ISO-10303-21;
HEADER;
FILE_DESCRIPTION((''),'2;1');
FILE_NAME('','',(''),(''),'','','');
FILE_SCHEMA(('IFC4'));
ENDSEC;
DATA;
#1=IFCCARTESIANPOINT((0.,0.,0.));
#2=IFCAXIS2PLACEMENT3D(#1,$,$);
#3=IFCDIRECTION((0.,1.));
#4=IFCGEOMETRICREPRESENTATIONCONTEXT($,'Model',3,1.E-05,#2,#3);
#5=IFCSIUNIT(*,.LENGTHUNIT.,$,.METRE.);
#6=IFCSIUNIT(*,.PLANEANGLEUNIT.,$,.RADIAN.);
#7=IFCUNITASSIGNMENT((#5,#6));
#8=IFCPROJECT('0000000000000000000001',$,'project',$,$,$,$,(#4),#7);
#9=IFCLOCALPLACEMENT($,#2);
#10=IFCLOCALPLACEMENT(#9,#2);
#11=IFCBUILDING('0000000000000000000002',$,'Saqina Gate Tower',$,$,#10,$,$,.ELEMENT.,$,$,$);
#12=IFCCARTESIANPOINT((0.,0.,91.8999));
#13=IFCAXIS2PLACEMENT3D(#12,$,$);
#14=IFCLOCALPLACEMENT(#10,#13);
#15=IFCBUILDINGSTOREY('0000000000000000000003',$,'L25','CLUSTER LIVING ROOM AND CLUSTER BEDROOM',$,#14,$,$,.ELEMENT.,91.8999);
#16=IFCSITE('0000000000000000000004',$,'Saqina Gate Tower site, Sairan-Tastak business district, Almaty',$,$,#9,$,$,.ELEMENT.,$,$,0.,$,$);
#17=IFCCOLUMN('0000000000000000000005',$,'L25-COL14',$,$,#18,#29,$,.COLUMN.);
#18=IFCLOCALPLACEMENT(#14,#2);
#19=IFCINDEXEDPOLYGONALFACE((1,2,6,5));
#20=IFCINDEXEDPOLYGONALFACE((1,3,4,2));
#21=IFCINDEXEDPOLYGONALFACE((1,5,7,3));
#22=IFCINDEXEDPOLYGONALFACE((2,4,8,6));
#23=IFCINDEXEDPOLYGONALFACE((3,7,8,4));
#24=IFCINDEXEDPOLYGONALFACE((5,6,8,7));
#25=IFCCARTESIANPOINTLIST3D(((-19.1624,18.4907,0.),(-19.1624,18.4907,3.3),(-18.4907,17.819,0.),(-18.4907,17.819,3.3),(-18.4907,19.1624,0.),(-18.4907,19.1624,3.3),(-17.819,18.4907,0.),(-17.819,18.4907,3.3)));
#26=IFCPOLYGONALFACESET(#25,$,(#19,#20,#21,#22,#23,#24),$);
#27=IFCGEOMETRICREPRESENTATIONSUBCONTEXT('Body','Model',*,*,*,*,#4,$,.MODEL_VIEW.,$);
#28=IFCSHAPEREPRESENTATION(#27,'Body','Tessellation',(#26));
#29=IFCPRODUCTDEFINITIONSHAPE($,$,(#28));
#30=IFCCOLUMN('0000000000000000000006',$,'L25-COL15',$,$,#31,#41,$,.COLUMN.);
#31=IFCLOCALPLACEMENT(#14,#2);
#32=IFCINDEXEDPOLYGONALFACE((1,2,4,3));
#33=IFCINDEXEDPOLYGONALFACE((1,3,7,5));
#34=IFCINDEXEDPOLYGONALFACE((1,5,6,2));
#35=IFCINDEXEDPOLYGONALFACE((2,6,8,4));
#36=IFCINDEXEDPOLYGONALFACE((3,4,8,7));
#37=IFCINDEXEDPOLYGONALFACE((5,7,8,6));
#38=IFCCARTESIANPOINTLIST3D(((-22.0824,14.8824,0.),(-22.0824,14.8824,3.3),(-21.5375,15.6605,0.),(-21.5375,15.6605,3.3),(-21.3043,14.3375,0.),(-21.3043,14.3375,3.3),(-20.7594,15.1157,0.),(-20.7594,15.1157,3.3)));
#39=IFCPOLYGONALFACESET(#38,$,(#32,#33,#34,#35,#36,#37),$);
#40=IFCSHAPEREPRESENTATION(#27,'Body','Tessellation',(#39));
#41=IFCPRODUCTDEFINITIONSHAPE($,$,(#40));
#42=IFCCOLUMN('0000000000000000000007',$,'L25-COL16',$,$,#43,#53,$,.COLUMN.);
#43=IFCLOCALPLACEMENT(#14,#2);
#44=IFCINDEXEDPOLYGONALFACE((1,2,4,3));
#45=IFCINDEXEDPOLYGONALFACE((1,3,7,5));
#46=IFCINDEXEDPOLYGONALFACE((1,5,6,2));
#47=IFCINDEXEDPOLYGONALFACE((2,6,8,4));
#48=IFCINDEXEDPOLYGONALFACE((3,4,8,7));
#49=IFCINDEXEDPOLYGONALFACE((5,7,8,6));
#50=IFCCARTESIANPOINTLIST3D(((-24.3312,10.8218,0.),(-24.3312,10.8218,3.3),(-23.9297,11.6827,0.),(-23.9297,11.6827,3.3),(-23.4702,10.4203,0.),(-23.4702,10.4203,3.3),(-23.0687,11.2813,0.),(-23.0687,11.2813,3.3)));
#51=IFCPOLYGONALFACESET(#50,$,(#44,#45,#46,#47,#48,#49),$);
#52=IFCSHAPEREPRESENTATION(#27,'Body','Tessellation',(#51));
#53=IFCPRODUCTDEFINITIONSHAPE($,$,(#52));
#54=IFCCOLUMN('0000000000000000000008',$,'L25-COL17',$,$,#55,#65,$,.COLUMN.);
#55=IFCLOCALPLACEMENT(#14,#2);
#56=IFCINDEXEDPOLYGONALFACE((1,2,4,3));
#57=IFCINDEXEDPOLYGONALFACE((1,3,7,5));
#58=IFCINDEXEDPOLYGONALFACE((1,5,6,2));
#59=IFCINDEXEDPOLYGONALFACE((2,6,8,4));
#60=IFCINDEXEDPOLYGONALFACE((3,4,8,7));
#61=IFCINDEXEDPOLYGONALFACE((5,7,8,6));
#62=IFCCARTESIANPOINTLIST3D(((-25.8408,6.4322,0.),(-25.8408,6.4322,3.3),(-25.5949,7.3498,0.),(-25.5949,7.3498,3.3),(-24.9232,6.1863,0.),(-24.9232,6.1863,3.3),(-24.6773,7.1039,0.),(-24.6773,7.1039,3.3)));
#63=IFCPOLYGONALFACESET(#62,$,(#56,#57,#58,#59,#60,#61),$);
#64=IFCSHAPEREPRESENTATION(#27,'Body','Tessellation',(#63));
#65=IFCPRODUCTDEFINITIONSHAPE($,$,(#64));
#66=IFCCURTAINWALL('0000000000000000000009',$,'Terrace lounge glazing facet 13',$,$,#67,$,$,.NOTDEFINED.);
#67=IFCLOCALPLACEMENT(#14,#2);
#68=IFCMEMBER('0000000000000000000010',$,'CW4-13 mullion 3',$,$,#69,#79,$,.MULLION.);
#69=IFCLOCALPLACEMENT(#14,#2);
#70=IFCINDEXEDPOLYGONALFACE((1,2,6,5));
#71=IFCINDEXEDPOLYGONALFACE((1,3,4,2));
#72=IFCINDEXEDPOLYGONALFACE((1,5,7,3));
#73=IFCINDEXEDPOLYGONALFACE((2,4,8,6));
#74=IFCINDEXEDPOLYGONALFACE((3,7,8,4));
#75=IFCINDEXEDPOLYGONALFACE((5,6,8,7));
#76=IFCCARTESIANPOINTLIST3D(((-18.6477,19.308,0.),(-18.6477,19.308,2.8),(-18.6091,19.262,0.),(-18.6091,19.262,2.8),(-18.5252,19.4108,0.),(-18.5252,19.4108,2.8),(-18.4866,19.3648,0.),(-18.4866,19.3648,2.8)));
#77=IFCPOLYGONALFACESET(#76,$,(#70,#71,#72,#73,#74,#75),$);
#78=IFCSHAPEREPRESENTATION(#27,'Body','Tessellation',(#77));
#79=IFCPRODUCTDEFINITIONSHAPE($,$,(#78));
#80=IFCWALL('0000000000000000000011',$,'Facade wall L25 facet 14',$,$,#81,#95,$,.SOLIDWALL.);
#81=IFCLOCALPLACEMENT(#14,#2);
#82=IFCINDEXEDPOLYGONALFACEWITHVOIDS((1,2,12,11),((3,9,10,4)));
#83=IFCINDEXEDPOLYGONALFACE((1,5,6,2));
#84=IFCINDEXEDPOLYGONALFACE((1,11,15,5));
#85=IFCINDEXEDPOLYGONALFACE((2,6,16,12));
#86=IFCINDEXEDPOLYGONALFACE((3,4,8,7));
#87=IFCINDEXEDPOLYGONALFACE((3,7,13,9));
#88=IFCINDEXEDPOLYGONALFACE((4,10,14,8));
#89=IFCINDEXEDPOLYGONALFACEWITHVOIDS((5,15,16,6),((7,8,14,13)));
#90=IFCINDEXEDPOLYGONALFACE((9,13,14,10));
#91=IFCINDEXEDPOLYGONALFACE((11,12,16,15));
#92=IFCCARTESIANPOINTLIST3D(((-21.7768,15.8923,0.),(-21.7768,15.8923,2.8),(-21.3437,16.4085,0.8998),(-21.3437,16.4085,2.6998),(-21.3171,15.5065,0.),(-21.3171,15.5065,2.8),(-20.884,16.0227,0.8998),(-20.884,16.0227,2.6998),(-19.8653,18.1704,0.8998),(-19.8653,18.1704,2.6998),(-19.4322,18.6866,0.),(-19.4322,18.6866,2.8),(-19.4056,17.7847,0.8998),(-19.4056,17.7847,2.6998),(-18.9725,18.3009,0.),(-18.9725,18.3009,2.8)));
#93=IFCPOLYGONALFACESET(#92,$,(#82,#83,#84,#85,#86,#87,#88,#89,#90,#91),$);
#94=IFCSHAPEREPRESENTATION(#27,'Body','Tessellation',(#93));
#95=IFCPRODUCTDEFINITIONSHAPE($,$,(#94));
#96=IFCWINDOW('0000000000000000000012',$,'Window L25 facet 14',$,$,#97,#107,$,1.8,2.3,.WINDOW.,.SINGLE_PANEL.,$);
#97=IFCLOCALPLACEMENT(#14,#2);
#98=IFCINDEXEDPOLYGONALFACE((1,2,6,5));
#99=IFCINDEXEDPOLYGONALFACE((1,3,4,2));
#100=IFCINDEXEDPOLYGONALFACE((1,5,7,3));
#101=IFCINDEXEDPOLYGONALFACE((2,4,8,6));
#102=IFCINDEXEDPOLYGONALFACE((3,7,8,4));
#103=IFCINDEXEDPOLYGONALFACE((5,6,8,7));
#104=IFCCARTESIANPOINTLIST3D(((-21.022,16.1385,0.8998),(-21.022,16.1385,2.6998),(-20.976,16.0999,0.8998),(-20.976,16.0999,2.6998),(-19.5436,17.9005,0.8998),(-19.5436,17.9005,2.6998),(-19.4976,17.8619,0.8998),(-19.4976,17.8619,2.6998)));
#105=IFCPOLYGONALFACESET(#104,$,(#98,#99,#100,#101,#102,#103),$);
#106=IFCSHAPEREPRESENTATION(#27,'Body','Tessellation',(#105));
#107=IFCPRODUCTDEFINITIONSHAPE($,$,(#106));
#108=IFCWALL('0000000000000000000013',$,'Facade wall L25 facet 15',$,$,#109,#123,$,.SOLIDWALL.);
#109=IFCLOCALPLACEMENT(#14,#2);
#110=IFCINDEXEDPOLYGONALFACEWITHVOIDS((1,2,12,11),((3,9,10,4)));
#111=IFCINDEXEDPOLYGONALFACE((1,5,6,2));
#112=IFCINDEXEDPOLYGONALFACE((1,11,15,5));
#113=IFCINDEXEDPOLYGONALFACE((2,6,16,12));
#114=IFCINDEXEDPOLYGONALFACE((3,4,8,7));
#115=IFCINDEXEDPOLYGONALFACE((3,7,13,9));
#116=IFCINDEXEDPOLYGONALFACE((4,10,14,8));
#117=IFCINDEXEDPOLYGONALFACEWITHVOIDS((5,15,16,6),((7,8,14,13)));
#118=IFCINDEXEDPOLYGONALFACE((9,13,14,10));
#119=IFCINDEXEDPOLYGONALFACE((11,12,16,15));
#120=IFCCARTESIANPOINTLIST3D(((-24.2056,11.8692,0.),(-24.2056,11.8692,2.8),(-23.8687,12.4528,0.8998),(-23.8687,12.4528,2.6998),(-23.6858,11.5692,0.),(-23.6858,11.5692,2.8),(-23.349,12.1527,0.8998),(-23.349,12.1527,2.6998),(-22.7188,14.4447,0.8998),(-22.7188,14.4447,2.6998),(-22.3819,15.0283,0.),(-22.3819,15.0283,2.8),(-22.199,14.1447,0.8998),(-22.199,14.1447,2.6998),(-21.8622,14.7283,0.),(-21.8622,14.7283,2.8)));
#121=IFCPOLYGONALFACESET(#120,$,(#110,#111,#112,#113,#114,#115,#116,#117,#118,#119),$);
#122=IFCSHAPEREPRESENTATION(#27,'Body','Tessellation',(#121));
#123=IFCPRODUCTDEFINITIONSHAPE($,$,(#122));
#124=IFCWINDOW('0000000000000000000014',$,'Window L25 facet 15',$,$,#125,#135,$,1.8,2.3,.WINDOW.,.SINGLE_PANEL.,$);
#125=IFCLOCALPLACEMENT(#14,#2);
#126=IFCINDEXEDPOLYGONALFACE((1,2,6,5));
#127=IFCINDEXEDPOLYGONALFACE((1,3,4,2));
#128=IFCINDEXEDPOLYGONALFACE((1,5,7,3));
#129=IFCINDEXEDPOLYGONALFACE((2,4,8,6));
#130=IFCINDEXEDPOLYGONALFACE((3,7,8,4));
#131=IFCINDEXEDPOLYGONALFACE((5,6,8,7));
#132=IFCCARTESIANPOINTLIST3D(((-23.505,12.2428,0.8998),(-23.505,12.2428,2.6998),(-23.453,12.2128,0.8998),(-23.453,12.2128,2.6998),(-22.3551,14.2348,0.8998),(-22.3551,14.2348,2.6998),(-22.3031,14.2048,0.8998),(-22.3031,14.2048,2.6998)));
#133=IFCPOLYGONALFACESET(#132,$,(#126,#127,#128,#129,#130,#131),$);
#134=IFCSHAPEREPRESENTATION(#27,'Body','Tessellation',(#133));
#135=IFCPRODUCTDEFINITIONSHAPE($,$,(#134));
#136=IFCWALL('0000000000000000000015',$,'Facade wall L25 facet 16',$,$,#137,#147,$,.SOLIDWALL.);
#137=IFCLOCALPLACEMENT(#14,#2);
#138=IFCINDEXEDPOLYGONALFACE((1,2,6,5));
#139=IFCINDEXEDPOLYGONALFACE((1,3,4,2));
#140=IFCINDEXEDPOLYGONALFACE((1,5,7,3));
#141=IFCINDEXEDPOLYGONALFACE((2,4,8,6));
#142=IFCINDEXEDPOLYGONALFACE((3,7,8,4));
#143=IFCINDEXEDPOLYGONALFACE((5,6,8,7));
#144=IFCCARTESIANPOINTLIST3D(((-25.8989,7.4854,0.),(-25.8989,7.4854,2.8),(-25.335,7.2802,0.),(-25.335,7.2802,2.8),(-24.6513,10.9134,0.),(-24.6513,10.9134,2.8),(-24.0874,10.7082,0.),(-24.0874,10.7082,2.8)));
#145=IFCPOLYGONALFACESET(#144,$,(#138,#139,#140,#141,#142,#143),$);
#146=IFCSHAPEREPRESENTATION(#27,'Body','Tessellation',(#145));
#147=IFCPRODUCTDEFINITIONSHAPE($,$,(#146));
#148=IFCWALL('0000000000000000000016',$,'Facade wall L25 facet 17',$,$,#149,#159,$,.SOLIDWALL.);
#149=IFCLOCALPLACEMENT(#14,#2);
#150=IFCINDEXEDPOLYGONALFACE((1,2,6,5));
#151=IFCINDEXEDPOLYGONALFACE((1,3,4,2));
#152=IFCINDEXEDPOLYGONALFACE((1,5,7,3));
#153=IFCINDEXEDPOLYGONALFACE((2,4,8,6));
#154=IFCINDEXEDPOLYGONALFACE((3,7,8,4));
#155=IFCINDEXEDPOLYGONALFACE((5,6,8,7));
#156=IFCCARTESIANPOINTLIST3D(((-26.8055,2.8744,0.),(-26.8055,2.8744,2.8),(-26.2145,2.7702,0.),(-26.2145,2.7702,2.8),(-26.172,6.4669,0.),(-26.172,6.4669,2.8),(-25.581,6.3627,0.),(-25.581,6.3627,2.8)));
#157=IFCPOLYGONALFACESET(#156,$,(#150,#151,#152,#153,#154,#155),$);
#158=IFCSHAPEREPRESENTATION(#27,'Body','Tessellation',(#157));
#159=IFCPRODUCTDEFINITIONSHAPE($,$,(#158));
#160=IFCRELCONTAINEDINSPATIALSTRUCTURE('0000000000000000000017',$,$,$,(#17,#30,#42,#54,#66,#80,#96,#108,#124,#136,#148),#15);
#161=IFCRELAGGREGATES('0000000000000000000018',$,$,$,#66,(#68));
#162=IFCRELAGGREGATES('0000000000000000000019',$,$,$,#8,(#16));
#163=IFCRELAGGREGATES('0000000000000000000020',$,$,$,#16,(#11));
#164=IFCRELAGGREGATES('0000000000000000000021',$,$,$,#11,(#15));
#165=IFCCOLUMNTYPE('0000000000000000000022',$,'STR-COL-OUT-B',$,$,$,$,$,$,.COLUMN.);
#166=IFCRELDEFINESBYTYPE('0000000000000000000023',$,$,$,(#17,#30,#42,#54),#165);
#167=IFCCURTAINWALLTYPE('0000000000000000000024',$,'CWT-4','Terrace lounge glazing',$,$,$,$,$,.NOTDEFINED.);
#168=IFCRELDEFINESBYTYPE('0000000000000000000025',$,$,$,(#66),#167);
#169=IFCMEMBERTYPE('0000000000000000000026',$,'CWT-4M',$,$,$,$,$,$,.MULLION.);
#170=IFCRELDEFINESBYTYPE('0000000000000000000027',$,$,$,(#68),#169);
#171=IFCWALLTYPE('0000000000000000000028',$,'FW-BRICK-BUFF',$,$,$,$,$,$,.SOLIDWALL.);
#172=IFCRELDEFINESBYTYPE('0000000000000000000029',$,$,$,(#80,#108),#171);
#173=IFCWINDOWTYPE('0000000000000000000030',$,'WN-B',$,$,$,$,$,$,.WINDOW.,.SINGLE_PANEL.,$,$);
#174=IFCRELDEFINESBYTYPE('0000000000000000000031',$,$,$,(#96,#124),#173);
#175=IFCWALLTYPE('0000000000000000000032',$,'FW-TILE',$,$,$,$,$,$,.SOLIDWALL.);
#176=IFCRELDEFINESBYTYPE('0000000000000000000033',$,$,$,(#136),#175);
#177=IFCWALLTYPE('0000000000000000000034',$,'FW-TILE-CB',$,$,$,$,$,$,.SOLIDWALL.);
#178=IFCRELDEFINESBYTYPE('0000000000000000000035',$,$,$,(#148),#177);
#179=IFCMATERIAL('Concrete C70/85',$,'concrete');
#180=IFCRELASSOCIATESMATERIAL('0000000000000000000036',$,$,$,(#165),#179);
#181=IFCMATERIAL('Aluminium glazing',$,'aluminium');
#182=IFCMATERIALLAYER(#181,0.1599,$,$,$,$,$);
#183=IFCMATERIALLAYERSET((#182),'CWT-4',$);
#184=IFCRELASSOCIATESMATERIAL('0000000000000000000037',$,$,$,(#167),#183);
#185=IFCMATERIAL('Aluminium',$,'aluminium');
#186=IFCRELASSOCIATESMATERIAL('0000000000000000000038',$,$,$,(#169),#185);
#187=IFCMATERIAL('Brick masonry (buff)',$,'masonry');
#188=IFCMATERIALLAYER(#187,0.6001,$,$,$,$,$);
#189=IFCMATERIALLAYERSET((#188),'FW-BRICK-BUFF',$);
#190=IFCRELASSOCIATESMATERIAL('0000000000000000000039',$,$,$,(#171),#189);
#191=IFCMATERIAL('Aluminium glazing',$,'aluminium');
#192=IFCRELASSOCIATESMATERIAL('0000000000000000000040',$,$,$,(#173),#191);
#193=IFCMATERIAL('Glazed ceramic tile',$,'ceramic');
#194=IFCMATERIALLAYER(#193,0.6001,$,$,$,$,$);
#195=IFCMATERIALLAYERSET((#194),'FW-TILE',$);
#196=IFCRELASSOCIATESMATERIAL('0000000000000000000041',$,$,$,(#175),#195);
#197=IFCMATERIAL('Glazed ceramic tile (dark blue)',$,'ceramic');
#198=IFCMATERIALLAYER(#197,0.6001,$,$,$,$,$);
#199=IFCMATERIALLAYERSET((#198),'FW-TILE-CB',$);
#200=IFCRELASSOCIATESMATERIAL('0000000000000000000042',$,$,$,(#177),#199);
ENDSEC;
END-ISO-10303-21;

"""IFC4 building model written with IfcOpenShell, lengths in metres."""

from ifc_helpers import new_model, si_unit, direction, frame, frame_2d, origin, origin_2d, place, context, subcontext, project, spatial, rectangle, extrude, material, layer, layer_set, material_profile, profile_set, type_object, element, fill, aggregate, save


model = new_model("IFC4")

# Units and contexts
model_context = context("Model", 3, precision=1e-05, world=origin(), true_north=direction((0.0, 1.0)))
body_context = subcontext(model_context, "Body", "Model", "MODEL_VIEW")
ifc_project = project(units=[si_unit("LENGTHUNIT", "METRE"), si_unit("PLANEANGLEUNIT", "RADIAN")], contexts=[model_context])

# Site, building, storey
site_placement = place(None, origin())
site = spatial("IfcSite", under=ifc_project, at=site_placement, Name="Saqina Gate Tower site, Sairan-Tastak business district, Almaty", CompositionType="ELEMENT", RefElevation=0.0)
building_placement = place(site_placement, origin())
building = spatial("IfcBuilding", under=site, at=building_placement, Name="Saqina Gate Tower", CompositionType="ELEMENT")
storey_placement = place(building_placement, frame((0.0, 0.0, 91.8999)))
storey = spatial("IfcBuildingStorey", under=building, at=storey_placement, Name="L25", Description="CLUSTER LIVING ROOM AND CLUSTER BEDROOM", CompositionType="ELEMENT", Elevation=91.8999)

# Columns
ifc_material_1 = material(Name="Concrete C70/85", Category="concrete")
ifc_material_profile_1 = material_profile(ifc_material_1, rectangle(XDim=0.95, YDim=0.95, at=origin_2d()), Name="RC 950x950")
ifc_profile_set_1 = profile_set([ifc_material_profile_1], Name="Concrete C70/85")
column_type = type_object("IfcColumnType", Name="STR-COL-OUT-B", PredefinedType="COLUMN", material=ifc_profile_set_1)
for number, where, z_axis, x_axis, name in (
    (1, (-18.4907, 18.4907, 0.0), (0.0, 0.0, 1.0), (-0.707107, 0.707107, 0.0), "L25-COL14"),
    (2, (-21.4209, 14.999, 0.0), (0.0, 0.0, 1.0), (-0.819152, 0.573576, 0.0), "L25-COL15"),
    (3, (-23.7, 11.0515, 0.0), (0.0, 0.0, 1.0), (-0.906308, 0.422618, 0.0), "L25-COL16"),
    (4, (-25.259, 6.7681, 0.0), (0.0, 0.0, 1.0), (-0.965926, 0.258819, 0.0), "L25-COL17"),
):
    element("IfcColumn", number, at=place(storey_placement, frame(where, z_axis=z_axis, x_axis=x_axis)), inside=storey, type_object=column_type, Name=name, PredefinedType="COLUMN", context=body_context, shape_type="SweptSolid", body=[
        extrude(rectangle(XDim=0.95, YDim=0.95, at=origin_2d()), origin(), (0.0, 0.0, 1.0), 3.3),
    ])

# Curtain wall, member
ifc_material_2 = material(Name="Aluminium glazing", Category="aluminium")
ifc_layer_1 = layer(ifc_material_2, 0.1599)
ifc_layer_set_1 = layer_set([ifc_layer_1], Name="CWT-4")
curtain_wall_type = type_object("IfcCurtainWallType", Name="CWT-4", Description="Terrace lounge glazing", PredefinedType="NOTDEFINED", material=ifc_layer_set_1)
curtain_wall_placement = place(storey_placement, origin())
curtain_wall = element("IfcCurtainWall", 5, at=curtain_wall_placement, inside=storey, type_object=curtain_wall_type, Name="Terrace lounge glazing facet 13", PredefinedType="NOTDEFINED")
ifc_material_3 = material(Name="Aluminium", Category="aluminium")
ifc_material_profile_2 = material_profile(ifc_material_3, rectangle(XDim=0.0601, YDim=0.1599, at=origin_2d()), Name="Aluminium 60x160")
ifc_profile_set_2 = profile_set([ifc_material_profile_2], Name="Aluminium")
member_type = type_object("IfcMemberType", Name="CWT-4M", PredefinedType="MULLION", material=ifc_profile_set_2)
member_placement = place(storey_placement, frame((-18.5671, 19.3364, 0.0), z_axis=(0.0, 0.0, 1.0), x_axis=(0.642791, -0.766042, 0.0)))
member = element("IfcMember", 6, at=member_placement, type_object=member_type, Name="CW4-13 mullion 3", PredefinedType="MULLION", context=body_context, shape_type="SweptSolid", body=[
    extrude(rectangle(XDim=0.0601, YDim=0.1599, at=origin_2d()), origin(), (0.0, 0.0, 1.0), 2.8),
])
aggregate(curtain_wall, [member])

# Walls, openings, windows
ifc_material_4 = material(Name="Brick masonry (buff)", Category="masonry")
ifc_layer_2 = layer(ifc_material_4, 0.6001)
ifc_layer_set_2 = layer_set([ifc_layer_2], Name="FW-BRICK-BUFF")
wall_type_1 = type_object("IfcWallType", Name="FW-BRICK-BUFF", PredefinedType="SOLIDWALL", material=ifc_layer_set_2)
wall_1_placement = place(storey_placement, frame((-19.2024, 18.4937, 0.0), z_axis=(0.0, 0.0, 1.0), x_axis=(-0.642774, -0.766055, 0.0)))
wall_1 = element("IfcWall", 7, at=wall_1_placement, inside=storey, type_object=wall_type_1, Name="Facade wall L25 facet 14", PredefinedType="SOLIDWALL", context=body_context, shape_type="SweptSolid", body=[
    extrude(rectangle(XDim=3.6477, YDim=0.6001, at=frame_2d((1.8237, 0.0))), origin(), (0.0, 0.0, 1.0), 2.8),
])
opening_1_placement = place(wall_1_placement, frame((0.6738, 0.0, 0.8999)))
opening_1 = element("IfcOpeningElement", 8, at=opening_1_placement, cuts=wall_1, PredefinedType="OPENING", context=body_context, shape_type="SweptSolid", body=[
    extrude(rectangle(XDim=2.3, YDim=1.8, at=frame_2d((1.1499, 0.8999))), frame((0.0, 0.312, 0.0), z_axis=(0.0, -1.0, 0.0), x_axis=(1.0, 0.0, 0.0)), (0.0, 0.0, 1.0), 0.624),
])
ifc_material_5 = material(Name="Aluminium glazing", Category="aluminium")
window_type = type_object("IfcWindowType", Name="WN-B", PartitioningType="SINGLE_PANEL", PredefinedType="WINDOW", material=ifc_material_5)
window_1_placement = place(opening_1_placement, origin())
window_1 = element("IfcWindow", 9, at=window_1_placement, inside=storey, type_object=window_type, Name="Window L25 facet 14", OverallHeight=1.8, OverallWidth=2.3, PartitioningType="SINGLE_PANEL", PredefinedType="WINDOW", context=body_context, shape_type="SweptSolid", body=[
    extrude(rectangle(XDim=2.3, YDim=1.8, at=frame_2d((1.1499, 0.8999))), frame((0.0, 0.1799, 0.0), z_axis=(0.0, -1.0, 0.0), x_axis=(1.0, 0.0, 0.0)), (0.0, 0.0, 1.0), 0.0601),
])
fill(opening_1, window_1)
wall_2_placement = place(storey_placement, frame((-22.1221, 14.8782, 0.0), z_axis=(0.0, 0.0, 1.0), x_axis=(-0.499954, -0.866052, 0.0)))
wall_2 = element("IfcWall", 10, at=wall_2_placement, inside=storey, type_object=wall_type_1, Name="Facade wall L25 facet 15", PredefinedType="SOLIDWALL", context=body_context, shape_type="SweptSolid", body=[
    extrude(rectangle(XDim=3.6477, YDim=0.6001, at=frame_2d((1.8237, 0.0))), origin(), (0.0, 0.0, 1.0), 2.8),
])
opening_2_placement = place(wall_2_placement, frame((0.6738, 0.0, 0.8999)))
opening_2 = element("IfcOpeningElement", 11, at=opening_2_placement, cuts=wall_2, PredefinedType="OPENING", context=body_context, shape_type="SweptSolid", body=[
    extrude(rectangle(XDim=2.3, YDim=1.8, at=frame_2d((1.1499, 0.8999))), frame((0.0, 0.312, 0.0), z_axis=(0.0, -1.0, 0.0), x_axis=(1.0, 0.0, 0.0)), (0.0, 0.0, 1.0), 0.624),
])
window_2_placement = place(opening_2_placement, origin())
window_2 = element("IfcWindow", 12, at=window_2_placement, inside=storey, type_object=window_type, Name="Window L25 facet 15", OverallHeight=1.8, OverallWidth=2.3, PartitioningType="SINGLE_PANEL", PredefinedType="WINDOW", context=body_context, shape_type="SweptSolid", body=[
    extrude(rectangle(XDim=2.3, YDim=1.8, at=frame_2d((1.1499, 0.8999))), frame((0.0, 0.1799, 0.0), z_axis=(0.0, -1.0, 0.0), x_axis=(1.0, 0.0, 0.0)), (0.0, 0.0, 1.0), 0.0601),
])
fill(opening_2, window_2)

# Walls
ifc_material_6 = material(Name="Glazed ceramic tile", Category="ceramic")
ifc_layer_3 = layer(ifc_material_6, 0.6001)
ifc_layer_set_3 = layer_set([ifc_layer_3], Name="FW-TILE")
wall_type_2 = type_object("IfcWallType", Name="FW-TILE", PredefinedType="SOLIDWALL", material=ifc_layer_set_3)
wall_3_placement = place(storey_placement, frame((-24.3694, 10.8108, 0.0), z_axis=(0.0, 0.0, 1.0), x_axis=(-0.34199, -0.939704, 0.0)))
element("IfcWall", 13, at=wall_3_placement, inside=storey, type_object=wall_type_2, Name="Facade wall L25 facet 16", PredefinedType="SOLIDWALL", context=body_context, shape_type="SweptSolid", body=[
    extrude(rectangle(XDim=3.6479, YDim=0.6001, at=frame_2d((1.824, 0.0))), origin(), (0.0, 0.0, 1.0), 2.8),
])
ifc_material_7 = material(Name="Glazed ceramic tile (dark blue)", Category="ceramic")
ifc_layer_4 = layer(ifc_material_7, 0.6001)
ifc_layer_set_4 = layer_set([ifc_layer_4], Name="FW-TILE-CB")
wall_type_3 = type_object("IfcWallType", Name="FW-TILE-CB", PredefinedType="SOLIDWALL", material=ifc_layer_set_4)
wall_4_placement = place(storey_placement, frame((-25.8765, 6.4148, 0.0), z_axis=(0.0, 0.0, 1.0), x_axis=(-0.173671, -0.984804, 0.0)))
element("IfcWall", 14, at=wall_4_placement, inside=storey, type_object=wall_type_3, Name="Facade wall L25 facet 17", PredefinedType="SOLIDWALL", context=body_context, shape_type="SweptSolid", body=[
    extrude(rectangle(XDim=3.6479, YDim=0.6001, at=frame_2d((1.824, 0.0))), origin(), (0.0, 0.0, 1.0), 2.8),
])

save(model, "model.ifc")
